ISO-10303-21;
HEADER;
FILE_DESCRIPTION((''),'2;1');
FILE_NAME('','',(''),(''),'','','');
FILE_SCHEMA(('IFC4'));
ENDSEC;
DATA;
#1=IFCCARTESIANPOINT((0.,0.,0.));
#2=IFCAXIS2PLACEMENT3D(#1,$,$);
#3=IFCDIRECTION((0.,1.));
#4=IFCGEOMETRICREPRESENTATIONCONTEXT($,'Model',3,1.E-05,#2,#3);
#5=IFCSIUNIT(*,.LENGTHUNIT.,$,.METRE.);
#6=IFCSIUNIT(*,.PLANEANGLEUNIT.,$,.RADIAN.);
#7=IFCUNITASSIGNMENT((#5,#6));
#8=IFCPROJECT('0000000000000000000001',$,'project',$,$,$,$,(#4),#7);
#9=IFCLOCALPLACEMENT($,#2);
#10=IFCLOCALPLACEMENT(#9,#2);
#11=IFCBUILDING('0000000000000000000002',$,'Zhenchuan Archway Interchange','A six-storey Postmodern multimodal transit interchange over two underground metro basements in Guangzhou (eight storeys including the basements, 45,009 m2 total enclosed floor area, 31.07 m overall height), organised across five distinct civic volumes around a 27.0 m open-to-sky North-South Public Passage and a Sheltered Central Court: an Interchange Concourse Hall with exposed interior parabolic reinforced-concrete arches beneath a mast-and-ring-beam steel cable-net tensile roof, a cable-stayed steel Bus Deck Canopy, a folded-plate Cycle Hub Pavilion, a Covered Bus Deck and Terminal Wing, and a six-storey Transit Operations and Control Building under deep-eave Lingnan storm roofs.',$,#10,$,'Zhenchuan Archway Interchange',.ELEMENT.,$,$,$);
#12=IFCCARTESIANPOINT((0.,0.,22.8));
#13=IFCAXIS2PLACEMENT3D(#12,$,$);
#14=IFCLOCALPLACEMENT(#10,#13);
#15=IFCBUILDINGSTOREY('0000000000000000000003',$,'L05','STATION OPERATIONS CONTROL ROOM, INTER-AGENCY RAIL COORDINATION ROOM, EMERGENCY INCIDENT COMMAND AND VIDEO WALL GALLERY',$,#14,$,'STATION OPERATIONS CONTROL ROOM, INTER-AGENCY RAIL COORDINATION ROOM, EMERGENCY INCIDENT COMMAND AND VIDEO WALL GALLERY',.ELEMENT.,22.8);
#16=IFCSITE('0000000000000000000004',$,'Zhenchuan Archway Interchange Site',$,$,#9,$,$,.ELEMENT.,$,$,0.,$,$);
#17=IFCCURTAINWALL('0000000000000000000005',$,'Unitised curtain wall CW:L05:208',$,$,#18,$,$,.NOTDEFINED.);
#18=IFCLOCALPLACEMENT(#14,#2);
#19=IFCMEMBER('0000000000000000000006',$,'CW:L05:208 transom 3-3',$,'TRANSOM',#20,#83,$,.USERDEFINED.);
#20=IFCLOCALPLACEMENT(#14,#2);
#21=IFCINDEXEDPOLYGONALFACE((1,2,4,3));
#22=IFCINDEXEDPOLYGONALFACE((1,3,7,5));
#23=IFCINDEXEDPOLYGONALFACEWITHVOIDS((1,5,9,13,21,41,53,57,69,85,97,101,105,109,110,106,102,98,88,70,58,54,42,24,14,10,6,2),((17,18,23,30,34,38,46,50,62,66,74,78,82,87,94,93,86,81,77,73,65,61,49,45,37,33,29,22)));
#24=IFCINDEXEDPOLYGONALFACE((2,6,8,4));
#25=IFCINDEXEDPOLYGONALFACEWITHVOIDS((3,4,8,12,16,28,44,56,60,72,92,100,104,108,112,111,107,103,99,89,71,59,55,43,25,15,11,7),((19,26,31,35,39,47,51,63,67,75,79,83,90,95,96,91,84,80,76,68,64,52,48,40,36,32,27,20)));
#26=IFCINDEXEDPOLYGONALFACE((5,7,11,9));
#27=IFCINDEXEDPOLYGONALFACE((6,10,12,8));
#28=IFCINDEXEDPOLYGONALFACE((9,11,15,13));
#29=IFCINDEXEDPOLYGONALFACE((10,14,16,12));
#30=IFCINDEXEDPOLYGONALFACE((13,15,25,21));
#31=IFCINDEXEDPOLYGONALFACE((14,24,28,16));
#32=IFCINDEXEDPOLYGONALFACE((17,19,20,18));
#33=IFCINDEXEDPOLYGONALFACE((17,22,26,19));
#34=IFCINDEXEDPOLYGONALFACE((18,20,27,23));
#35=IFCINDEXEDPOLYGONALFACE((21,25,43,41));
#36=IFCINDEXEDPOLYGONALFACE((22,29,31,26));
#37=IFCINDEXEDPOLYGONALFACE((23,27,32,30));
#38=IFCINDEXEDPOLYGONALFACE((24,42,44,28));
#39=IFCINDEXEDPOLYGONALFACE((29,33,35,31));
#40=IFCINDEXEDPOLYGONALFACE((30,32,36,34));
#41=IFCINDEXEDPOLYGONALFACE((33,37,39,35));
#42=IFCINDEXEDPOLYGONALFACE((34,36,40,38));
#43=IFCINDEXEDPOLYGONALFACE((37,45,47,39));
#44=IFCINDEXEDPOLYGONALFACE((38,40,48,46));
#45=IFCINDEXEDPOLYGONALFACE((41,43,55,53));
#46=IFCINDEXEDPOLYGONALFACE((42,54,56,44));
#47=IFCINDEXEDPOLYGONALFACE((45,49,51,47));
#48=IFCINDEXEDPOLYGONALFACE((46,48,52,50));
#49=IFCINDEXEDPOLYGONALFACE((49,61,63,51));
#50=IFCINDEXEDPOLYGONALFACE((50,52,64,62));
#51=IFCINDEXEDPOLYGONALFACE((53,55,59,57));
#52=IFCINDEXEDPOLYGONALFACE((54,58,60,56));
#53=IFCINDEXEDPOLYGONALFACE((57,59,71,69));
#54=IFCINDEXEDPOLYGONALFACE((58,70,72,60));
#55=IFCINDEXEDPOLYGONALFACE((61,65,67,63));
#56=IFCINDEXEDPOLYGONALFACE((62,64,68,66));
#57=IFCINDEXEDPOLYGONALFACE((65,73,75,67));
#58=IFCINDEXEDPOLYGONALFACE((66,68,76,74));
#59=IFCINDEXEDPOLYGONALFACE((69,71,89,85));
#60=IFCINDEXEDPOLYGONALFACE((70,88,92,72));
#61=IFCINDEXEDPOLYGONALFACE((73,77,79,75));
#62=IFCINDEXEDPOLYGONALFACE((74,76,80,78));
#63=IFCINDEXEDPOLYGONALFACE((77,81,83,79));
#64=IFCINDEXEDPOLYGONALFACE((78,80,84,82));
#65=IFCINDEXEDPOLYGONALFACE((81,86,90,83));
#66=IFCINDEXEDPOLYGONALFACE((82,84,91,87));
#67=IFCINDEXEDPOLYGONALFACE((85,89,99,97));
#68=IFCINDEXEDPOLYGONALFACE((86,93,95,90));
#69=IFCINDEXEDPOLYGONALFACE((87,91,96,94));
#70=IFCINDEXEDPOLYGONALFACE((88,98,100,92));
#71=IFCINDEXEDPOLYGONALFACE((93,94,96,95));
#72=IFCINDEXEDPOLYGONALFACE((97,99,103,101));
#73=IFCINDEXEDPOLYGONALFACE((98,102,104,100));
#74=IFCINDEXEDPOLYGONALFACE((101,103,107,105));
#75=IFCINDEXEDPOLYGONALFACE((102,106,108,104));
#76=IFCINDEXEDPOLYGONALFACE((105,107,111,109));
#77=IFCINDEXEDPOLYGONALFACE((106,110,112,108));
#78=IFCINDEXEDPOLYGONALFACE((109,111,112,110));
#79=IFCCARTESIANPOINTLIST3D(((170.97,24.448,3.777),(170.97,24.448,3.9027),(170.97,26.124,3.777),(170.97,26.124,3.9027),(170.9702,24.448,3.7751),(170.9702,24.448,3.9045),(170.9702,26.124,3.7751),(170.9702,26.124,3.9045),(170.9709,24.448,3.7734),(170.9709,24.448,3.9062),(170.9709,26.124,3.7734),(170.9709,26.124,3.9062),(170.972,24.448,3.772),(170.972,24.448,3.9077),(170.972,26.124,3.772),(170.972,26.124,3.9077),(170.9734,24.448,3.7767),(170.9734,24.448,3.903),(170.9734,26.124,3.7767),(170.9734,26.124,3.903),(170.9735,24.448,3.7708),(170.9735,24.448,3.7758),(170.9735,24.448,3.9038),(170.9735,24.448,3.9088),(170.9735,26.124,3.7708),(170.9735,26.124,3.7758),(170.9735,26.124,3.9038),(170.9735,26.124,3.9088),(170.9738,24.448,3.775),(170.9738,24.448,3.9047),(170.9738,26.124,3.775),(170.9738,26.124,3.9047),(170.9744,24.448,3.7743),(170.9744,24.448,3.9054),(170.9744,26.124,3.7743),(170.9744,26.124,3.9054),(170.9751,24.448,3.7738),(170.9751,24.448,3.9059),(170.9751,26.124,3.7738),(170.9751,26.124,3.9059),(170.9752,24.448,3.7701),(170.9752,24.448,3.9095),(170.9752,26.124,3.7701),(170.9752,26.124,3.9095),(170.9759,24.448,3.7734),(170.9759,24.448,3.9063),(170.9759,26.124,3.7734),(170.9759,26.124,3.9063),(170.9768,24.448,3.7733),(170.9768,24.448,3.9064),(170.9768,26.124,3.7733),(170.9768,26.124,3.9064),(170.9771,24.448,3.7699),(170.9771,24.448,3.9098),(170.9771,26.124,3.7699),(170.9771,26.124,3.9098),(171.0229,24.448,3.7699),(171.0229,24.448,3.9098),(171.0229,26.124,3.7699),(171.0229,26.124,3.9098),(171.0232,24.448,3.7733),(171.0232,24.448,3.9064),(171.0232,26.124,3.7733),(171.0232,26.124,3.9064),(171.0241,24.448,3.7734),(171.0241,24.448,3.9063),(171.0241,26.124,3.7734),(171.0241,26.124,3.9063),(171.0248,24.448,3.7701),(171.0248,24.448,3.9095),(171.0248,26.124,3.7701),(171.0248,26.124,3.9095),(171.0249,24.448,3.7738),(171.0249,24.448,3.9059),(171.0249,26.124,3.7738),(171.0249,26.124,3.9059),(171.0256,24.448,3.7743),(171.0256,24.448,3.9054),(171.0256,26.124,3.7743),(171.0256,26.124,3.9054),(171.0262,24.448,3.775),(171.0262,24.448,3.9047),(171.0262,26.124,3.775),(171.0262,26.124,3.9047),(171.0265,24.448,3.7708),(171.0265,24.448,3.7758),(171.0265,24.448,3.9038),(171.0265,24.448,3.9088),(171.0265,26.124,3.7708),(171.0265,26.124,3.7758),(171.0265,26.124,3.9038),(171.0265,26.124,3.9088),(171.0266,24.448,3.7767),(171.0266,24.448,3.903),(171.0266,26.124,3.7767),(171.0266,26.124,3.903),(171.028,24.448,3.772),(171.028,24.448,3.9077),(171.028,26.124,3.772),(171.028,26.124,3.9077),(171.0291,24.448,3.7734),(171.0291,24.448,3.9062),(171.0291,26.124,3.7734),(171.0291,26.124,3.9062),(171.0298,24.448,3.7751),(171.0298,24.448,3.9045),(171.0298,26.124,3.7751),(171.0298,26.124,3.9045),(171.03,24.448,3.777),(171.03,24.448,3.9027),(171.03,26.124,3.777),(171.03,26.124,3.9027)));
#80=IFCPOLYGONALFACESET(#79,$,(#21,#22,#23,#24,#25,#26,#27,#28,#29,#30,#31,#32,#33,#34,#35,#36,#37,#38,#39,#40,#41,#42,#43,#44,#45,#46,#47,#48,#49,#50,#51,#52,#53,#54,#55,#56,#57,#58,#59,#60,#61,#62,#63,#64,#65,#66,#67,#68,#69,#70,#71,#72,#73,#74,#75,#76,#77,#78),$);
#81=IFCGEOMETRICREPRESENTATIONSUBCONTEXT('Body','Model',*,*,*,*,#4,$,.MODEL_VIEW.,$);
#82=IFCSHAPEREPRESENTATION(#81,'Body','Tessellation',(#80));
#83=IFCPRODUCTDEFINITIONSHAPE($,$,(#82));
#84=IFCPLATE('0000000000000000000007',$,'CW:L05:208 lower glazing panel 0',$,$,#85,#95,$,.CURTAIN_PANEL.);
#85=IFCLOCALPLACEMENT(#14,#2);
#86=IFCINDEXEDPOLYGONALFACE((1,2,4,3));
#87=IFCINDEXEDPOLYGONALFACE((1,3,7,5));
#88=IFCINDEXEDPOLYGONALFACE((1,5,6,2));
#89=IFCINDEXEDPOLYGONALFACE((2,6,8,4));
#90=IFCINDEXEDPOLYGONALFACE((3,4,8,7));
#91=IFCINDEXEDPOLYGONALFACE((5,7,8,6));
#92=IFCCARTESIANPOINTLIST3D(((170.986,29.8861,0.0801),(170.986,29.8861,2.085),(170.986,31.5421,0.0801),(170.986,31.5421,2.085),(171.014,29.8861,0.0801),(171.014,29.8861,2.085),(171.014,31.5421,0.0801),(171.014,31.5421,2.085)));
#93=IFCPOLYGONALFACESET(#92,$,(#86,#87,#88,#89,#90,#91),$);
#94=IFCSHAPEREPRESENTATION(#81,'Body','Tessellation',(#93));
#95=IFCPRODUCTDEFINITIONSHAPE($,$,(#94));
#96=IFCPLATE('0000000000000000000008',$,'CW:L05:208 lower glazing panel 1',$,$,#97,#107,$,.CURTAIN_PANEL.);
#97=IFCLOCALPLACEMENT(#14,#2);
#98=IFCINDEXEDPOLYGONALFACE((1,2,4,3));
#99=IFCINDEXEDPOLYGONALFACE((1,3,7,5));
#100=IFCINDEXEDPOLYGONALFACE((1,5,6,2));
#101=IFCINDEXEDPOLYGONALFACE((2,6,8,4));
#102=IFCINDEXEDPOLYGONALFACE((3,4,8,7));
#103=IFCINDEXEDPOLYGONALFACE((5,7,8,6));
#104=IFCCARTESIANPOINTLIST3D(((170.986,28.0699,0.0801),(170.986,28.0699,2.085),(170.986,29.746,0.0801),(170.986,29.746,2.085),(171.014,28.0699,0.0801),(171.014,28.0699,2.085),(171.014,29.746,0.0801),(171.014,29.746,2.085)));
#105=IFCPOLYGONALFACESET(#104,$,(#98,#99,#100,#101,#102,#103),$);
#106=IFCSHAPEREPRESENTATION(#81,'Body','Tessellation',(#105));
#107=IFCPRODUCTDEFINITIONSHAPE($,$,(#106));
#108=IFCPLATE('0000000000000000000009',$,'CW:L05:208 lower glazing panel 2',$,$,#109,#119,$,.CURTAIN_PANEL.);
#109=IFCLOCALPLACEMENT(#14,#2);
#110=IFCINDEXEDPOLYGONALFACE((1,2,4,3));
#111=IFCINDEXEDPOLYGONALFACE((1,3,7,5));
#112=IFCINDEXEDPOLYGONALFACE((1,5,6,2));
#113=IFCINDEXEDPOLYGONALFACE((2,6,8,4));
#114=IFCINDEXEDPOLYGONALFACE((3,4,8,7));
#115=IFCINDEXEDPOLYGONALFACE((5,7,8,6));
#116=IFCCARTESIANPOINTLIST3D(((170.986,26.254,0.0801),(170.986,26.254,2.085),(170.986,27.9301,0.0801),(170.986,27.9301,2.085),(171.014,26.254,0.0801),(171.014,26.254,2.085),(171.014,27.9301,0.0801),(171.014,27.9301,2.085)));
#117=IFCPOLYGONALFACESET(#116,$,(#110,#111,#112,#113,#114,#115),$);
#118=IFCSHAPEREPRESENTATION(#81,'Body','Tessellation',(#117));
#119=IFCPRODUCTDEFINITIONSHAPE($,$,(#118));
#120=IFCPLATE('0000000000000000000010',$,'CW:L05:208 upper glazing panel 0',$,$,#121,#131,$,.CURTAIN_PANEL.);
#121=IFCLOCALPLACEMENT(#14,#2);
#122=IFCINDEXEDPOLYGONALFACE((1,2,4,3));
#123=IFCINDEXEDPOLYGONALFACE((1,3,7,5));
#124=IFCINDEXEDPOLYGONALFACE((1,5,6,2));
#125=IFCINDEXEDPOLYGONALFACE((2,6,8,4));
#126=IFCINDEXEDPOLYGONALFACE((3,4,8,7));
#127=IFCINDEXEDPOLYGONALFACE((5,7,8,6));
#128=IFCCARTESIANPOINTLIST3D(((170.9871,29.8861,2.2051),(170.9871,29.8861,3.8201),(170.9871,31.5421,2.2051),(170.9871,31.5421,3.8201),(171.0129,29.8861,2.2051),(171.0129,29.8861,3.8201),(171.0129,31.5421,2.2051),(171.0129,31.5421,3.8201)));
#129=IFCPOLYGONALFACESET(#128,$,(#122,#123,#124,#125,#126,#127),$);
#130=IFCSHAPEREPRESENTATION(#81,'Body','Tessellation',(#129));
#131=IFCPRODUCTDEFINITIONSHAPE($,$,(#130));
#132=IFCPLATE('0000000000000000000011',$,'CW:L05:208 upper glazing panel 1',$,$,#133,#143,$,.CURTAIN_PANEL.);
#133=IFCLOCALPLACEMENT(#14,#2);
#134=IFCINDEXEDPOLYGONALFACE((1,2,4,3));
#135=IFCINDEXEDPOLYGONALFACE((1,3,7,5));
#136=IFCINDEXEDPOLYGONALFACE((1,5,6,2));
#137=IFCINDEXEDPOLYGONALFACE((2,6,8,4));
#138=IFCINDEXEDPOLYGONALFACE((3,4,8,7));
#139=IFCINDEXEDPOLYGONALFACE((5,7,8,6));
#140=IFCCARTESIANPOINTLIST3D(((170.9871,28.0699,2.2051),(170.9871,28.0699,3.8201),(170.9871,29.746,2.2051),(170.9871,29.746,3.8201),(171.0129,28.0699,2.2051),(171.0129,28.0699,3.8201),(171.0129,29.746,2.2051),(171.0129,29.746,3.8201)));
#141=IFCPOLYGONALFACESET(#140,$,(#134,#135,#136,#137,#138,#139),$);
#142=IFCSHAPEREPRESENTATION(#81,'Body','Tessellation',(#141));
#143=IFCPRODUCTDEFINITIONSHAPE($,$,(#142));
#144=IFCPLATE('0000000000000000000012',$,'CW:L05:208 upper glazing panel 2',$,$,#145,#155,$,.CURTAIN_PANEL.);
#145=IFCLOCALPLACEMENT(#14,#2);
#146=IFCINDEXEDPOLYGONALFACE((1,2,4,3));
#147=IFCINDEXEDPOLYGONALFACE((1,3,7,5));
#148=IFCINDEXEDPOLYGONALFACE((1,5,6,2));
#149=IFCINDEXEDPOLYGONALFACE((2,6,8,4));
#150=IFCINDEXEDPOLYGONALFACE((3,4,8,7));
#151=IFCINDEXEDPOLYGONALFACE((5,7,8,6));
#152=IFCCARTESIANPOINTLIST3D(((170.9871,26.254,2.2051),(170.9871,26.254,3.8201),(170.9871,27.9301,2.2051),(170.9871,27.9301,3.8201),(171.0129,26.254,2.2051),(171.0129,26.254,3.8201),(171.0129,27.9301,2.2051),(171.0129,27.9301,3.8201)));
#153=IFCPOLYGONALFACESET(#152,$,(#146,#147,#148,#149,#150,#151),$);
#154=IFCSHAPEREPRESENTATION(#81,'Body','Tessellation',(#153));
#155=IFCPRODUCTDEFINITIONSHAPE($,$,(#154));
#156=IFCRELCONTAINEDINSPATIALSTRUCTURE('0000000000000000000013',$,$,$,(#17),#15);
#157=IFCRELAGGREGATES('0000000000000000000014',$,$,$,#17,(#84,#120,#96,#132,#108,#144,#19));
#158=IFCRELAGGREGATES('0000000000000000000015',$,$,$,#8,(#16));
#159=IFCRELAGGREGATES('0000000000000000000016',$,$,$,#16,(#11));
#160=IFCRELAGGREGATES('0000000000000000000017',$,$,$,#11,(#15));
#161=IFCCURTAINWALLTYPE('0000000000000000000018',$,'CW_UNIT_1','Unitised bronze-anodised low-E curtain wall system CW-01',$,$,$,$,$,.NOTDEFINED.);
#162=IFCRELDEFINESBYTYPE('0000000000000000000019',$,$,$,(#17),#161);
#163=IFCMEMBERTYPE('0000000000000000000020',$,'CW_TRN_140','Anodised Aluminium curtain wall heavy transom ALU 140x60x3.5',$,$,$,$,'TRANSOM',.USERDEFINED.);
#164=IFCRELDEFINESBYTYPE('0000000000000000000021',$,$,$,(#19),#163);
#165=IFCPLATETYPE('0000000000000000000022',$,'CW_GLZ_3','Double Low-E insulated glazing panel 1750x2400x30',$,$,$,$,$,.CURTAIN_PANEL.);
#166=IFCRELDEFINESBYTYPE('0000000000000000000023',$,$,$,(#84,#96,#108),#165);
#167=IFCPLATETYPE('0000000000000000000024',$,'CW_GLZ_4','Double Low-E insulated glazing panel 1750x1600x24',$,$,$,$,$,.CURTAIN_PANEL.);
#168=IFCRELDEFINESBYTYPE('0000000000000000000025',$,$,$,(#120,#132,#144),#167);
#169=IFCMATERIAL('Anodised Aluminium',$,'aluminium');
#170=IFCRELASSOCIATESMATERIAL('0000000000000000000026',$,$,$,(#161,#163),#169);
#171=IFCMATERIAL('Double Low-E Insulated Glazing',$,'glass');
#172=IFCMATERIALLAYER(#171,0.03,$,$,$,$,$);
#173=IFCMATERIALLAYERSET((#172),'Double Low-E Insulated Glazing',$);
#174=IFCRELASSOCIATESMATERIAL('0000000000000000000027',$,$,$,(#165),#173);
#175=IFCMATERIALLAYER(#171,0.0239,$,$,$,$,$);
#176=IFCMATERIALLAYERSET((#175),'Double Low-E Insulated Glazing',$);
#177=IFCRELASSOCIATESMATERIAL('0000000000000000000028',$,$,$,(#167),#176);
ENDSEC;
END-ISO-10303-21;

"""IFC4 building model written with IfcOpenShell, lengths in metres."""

from ifc_helpers import new_model, si_unit, direction, frame, origin, origin_2d, place, context, subcontext, project, spatial, rectangle, hollow_rectangle, extrude, material, layer, layer_set, material_profile, profile_set, type_object, element, aggregate, save


model = new_model("IFC4")

# Units and contexts
model_context = context("Model", 3, precision=1e-05, world=origin(), true_north=direction((0.0, 1.0)))
body_context = subcontext(model_context, "Body", "Model", "MODEL_VIEW")
ifc_project = project(units=[si_unit("LENGTHUNIT", "METRE"), si_unit("PLANEANGLEUNIT", "RADIAN")], contexts=[model_context])

# Site, building, storey
site_placement = place(None, origin())
site = spatial("IfcSite", under=ifc_project, at=site_placement, Name="Zhenchuan Archway Interchange Site", CompositionType="ELEMENT", RefElevation=0.0)
building_placement = place(site_placement, origin())
building = spatial("IfcBuilding", under=site, at=building_placement, Name="Zhenchuan Archway Interchange", Description="A six-storey Postmodern multimodal transit interchange over two underground metro basements in Guangzhou (eight storeys including the basements, 45,009 m2 total enclosed floor area, 31.07 m overall height), organised across five distinct civic volumes around a 27.0 m open-to-sky North-South Public Passage and a Sheltered Central Court: an Interchange Concourse Hall with exposed interior parabolic reinforced-concrete arches beneath a mast-and-ring-beam steel cable-net tensile roof, a cable-stayed steel Bus Deck Canopy, a folded-plate Cycle Hub Pavilion, a Covered Bus Deck and Terminal Wing, and a six-storey Transit Operations and Control Building under deep-eave Lingnan storm roofs.", LongName="Zhenchuan Archway Interchange", CompositionType="ELEMENT")
storey_placement = place(building_placement, frame((0.0, 0.0, 22.8)))
storey = spatial("IfcBuildingStorey", under=building, at=storey_placement, Name="L05", Description="STATION OPERATIONS CONTROL ROOM, INTER-AGENCY RAIL COORDINATION ROOM, EMERGENCY INCIDENT COMMAND AND VIDEO WALL GALLERY", LongName="STATION OPERATIONS CONTROL ROOM, INTER-AGENCY RAIL COORDINATION ROOM, EMERGENCY INCIDENT COMMAND AND VIDEO WALL GALLERY", CompositionType="ELEMENT", Elevation=22.8)

# Curtain wall, member, plates
ifc_material_1 = material(Name="Anodised Aluminium", Category="aluminium")
curtain_wall_type = type_object("IfcCurtainWallType", Name="CW_UNIT_1", Description="Unitised bronze-anodised low-E curtain wall system CW-01", PredefinedType="NOTDEFINED", material=ifc_material_1)
curtain_wall_placement = place(storey_placement, origin())
curtain_wall = element("IfcCurtainWall", 1, at=curtain_wall_placement, inside=storey, type_object=curtain_wall_type, Name="Unitised curtain wall CW:L05:208", PredefinedType="NOTDEFINED")
ifc_material_profile_1 = material_profile(ifc_material_1, hollow_rectangle(XDim=0.0601, YDim=0.1399, WallThickness=0.0034, InnerFilletRadius=0.0034, OuterFilletRadius=0.0071, at=origin_2d()), Name="ALU 140x60x3.5")
ifc_profile_set_1 = profile_set([ifc_material_profile_1], Name="Anodised Aluminium")
member_type_1 = type_object("IfcMemberType", Name="CW_TRN_140", Description="Anodised Aluminium curtain wall heavy transom ALU 140x60x3.5", ElementType="TRANSOM", PredefinedType="USERDEFINED", material=ifc_profile_set_1)
member_1_placement = place(storey_placement, frame((171.0, 26.124, 3.8398), z_axis=(0.0, -1.0, 0.0), x_axis=(1.0, 0.0, 0.0)))
member_1 = element("IfcMember", 2, at=member_1_placement, type_object=member_type_1, Name="CW:L05:208 transom 3-3", ObjectType="TRANSOM", PredefinedType="USERDEFINED", context=body_context, shape_type="SweptSolid", body=[
    extrude(hollow_rectangle(XDim=0.0601, YDim=0.1399, WallThickness=0.0034, InnerFilletRadius=0.0034, OuterFilletRadius=0.0071, at=origin_2d()), origin(), (0.0, 0.0, 1.0), 1.676),
])
ifc_material_2 = material(Name="Double Low-E Insulated Glazing", Category="glass")
ifc_layer_1 = layer(ifc_material_2, 0.03)
ifc_layer_set_1 = layer_set([ifc_layer_1], Name="Double Low-E Insulated Glazing")
plate_type_1 = type_object("IfcPlateType", Name="CW_GLZ_3", Description="Double Low-E insulated glazing panel 1750x2400x30", PredefinedType="CURTAIN_PANEL", material=ifc_layer_set_1)
plate_1_placement = place(storey_placement, frame((171.0, 30.7141, 0.0801), z_axis=(0.0, 0.0, 1.0), x_axis=(0.0, -1.0, 0.0)))
plate_1 = element("IfcPlate", 3, at=plate_1_placement, type_object=plate_type_1, Name="CW:L05:208 lower glazing panel 0", PredefinedType="CURTAIN_PANEL", context=body_context, shape_type="SweptSolid", body=[
    extrude(rectangle(XDim=1.656, YDim=0.0281, at=origin_2d()), origin(), (0.0, 0.0, 1.0), 2.0049),
])
plate_2_placement = place(storey_placement, frame((171.0, 28.908, 0.0801), z_axis=(0.0, 0.0, 1.0), x_axis=(0.0, -1.0, 0.0)))
plate_2 = element("IfcPlate", 4, at=plate_2_placement, type_object=plate_type_1, Name="CW:L05:208 lower glazing panel 1", PredefinedType="CURTAIN_PANEL", context=body_context, shape_type="SweptSolid", body=[
    extrude(rectangle(XDim=1.676, YDim=0.0281, at=origin_2d()), origin(), (0.0, 0.0, 1.0), 2.0049),
])
plate_3_placement = place(storey_placement, frame((171.0, 27.092, 0.0801), z_axis=(0.0, 0.0, 1.0), x_axis=(0.0, -1.0, 0.0)))
plate_3 = element("IfcPlate", 5, at=plate_3_placement, type_object=plate_type_1, Name="CW:L05:208 lower glazing panel 2", PredefinedType="CURTAIN_PANEL", context=body_context, shape_type="SweptSolid", body=[
    extrude(rectangle(XDim=1.676, YDim=0.0281, at=origin_2d()), origin(), (0.0, 0.0, 1.0), 2.0049),
])
ifc_layer_2 = layer(ifc_material_2, 0.0239)
ifc_layer_set_2 = layer_set([ifc_layer_2], Name="Double Low-E Insulated Glazing")
plate_type_2 = type_object("IfcPlateType", Name="CW_GLZ_4", Description="Double Low-E insulated glazing panel 1750x1600x24", PredefinedType="CURTAIN_PANEL", material=ifc_layer_set_2)
plate_4_placement = place(storey_placement, frame((171.0, 30.7141, 2.2051), z_axis=(0.0, 0.0, 1.0), x_axis=(0.0, -1.0, 0.0)))
plate_4 = element("IfcPlate", 6, at=plate_4_placement, type_object=plate_type_2, Name="CW:L05:208 upper glazing panel 0", PredefinedType="CURTAIN_PANEL", context=body_context, shape_type="SweptSolid", body=[
    extrude(rectangle(XDim=1.656, YDim=0.0259, at=origin_2d()), origin(), (0.0, 0.0, 1.0), 1.615),
])
plate_5_placement = place(storey_placement, frame((171.0, 28.908, 2.2051), z_axis=(0.0, 0.0, 1.0), x_axis=(0.0, -1.0, 0.0)))
plate_5 = element("IfcPlate", 7, at=plate_5_placement, type_object=plate_type_2, Name="CW:L05:208 upper glazing panel 1", PredefinedType="CURTAIN_PANEL", context=body_context, shape_type="SweptSolid", body=[
    extrude(rectangle(XDim=1.676, YDim=0.0259, at=origin_2d()), origin(), (0.0, 0.0, 1.0), 1.615),
])
plate_6_placement = place(storey_placement, frame((171.0, 27.092, 2.2051), z_axis=(0.0, 0.0, 1.0), x_axis=(0.0, -1.0, 0.0)))
plate_6 = element("IfcPlate", 8, at=plate_6_placement, type_object=plate_type_2, Name="CW:L05:208 upper glazing panel 2", PredefinedType="CURTAIN_PANEL", context=body_context, shape_type="SweptSolid", body=[
    extrude(rectangle(XDim=1.676, YDim=0.0259, at=origin_2d()), origin(), (0.0, 0.0, 1.0), 1.615),
])
aggregate(curtain_wall, [plate_1, plate_4, plate_2, plate_5, plate_3, plate_6, member_1])

save(model, "model.ifc")
